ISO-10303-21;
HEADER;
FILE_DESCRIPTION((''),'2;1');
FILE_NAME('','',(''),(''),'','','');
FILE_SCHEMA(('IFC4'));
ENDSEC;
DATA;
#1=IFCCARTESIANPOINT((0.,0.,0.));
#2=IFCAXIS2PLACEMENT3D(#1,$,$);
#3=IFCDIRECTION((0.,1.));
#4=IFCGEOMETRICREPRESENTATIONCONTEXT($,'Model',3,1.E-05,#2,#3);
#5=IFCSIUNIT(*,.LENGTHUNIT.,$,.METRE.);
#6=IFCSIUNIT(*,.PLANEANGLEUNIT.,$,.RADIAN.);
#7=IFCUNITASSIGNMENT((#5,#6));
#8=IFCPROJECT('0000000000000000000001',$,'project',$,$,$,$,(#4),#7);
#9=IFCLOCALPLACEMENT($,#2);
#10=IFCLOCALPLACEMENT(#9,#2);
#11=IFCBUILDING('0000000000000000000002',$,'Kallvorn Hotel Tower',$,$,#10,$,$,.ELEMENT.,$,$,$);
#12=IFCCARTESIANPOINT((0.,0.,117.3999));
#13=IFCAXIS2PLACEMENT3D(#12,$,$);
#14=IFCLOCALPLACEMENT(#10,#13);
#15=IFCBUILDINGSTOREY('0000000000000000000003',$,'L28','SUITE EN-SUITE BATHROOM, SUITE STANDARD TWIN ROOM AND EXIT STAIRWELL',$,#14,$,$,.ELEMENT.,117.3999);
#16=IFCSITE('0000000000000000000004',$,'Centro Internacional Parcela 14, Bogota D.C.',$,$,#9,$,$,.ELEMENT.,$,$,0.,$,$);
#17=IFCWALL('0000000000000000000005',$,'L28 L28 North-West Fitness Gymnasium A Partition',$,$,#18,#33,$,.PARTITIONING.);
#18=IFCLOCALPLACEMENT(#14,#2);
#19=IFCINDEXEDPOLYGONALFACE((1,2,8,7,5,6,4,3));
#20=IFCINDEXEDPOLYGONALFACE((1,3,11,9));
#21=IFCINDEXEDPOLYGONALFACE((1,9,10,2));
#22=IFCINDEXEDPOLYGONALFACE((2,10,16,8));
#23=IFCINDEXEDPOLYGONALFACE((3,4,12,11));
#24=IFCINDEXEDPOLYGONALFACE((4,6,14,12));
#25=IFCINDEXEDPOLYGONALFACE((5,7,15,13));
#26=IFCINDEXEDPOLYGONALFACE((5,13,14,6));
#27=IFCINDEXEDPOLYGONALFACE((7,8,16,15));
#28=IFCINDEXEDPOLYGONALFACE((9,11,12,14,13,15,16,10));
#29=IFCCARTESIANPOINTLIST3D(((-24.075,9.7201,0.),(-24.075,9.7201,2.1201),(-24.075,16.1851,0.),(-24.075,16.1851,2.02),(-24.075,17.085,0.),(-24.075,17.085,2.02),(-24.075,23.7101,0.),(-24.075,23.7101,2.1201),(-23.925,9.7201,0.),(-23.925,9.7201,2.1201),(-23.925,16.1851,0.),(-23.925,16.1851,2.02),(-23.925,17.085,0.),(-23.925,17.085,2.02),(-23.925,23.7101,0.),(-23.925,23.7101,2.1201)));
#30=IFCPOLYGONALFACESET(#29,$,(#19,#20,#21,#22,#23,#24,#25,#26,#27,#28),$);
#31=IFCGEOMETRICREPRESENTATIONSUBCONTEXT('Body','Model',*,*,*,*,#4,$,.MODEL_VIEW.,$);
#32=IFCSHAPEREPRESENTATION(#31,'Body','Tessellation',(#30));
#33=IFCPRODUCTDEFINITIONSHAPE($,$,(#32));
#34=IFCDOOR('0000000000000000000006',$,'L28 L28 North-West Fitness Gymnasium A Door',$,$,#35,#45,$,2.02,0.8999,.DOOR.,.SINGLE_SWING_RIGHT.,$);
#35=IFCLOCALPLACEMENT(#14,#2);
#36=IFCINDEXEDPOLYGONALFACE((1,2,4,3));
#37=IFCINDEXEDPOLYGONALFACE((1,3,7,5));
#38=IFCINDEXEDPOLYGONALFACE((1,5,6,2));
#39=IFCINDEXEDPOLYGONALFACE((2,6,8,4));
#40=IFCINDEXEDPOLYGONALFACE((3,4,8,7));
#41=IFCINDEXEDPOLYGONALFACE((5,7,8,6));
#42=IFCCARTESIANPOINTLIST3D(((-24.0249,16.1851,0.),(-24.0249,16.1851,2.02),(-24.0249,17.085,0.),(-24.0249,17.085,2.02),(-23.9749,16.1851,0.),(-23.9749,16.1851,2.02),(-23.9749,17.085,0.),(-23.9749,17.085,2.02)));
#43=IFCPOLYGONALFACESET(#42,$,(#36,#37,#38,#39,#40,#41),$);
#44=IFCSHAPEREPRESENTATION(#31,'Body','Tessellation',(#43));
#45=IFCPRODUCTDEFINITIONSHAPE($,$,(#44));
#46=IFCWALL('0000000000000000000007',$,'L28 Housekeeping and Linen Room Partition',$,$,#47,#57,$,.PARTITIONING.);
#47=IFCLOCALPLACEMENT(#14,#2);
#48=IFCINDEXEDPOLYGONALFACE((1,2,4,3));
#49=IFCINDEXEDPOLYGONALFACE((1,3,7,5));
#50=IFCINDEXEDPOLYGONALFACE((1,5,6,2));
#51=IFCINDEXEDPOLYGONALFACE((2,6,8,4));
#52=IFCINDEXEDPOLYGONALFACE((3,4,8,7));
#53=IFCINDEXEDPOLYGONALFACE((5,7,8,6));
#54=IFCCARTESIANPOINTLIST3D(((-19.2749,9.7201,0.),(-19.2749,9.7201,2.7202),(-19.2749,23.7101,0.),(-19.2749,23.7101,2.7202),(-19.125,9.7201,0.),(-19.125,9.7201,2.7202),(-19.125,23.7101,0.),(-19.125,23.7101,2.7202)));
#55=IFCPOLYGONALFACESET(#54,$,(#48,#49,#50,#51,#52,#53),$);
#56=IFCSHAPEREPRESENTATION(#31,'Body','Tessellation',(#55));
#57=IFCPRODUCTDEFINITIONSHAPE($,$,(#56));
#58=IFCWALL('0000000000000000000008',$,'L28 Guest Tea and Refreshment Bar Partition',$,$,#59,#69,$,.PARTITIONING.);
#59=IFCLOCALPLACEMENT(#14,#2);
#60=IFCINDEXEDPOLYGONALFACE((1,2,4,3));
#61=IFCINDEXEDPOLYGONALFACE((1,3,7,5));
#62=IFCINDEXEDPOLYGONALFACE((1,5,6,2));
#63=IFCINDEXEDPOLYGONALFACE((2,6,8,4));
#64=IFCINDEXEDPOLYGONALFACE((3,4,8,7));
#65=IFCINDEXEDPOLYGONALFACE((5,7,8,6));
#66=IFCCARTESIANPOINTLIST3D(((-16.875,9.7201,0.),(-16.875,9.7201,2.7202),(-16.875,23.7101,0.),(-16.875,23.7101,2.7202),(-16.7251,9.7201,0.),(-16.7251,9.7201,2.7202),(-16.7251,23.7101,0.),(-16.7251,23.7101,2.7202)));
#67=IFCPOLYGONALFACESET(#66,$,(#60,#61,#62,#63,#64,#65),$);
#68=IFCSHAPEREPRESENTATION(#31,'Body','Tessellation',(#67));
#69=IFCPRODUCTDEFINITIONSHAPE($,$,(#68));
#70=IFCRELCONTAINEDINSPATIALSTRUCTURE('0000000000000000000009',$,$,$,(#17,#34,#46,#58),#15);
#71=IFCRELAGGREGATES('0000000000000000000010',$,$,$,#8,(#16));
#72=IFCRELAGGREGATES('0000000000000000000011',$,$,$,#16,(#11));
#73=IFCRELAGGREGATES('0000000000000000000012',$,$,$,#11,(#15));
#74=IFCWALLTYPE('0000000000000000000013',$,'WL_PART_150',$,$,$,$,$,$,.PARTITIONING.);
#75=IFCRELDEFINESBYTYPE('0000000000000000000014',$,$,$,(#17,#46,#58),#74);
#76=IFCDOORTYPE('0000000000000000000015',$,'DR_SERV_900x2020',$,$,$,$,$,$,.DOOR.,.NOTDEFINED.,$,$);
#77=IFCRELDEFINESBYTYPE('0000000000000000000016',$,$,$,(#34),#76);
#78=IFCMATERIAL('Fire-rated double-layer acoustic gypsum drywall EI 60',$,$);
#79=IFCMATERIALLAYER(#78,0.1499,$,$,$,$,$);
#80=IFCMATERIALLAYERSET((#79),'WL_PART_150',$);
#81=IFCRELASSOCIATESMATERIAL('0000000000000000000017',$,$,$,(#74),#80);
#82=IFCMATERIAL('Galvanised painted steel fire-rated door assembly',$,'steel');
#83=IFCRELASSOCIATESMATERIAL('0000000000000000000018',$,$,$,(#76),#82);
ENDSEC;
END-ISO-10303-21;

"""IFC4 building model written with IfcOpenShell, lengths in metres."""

from ifc_helpers import new_model, si_unit, direction, frame, frame_2d, origin, place, context, subcontext, project, spatial, rectangle, extrude, material, layer, layer_set, type_object, element, fill, save


model = new_model("IFC4")

# Units and contexts
model_context = context("Model", 3, precision=1e-05, world=origin(), true_north=direction((0.0, 1.0)))
body_context = subcontext(model_context, "Body", "Model", "MODEL_VIEW")
ifc_project = project(units=[si_unit("LENGTHUNIT", "METRE"), si_unit("PLANEANGLEUNIT", "RADIAN")], contexts=[model_context])

# Site, building, storey
site_placement = place(None, origin())
site = spatial("IfcSite", under=ifc_project, at=site_placement, Name="Centro Internacional Parcela 14, Bogota D.C.", CompositionType="ELEMENT", RefElevation=0.0)
building_placement = place(site_placement, origin())
building = spatial("IfcBuilding", under=site, at=building_placement, Name="Kallvorn Hotel Tower", CompositionType="ELEMENT")
storey_placement = place(building_placement, frame((0.0, 0.0, 117.3999)))
storey = spatial("IfcBuildingStorey", under=building, at=storey_placement, Name="L28", Description="SUITE EN-SUITE BATHROOM, SUITE STANDARD TWIN ROOM AND EXIT STAIRWELL", CompositionType="ELEMENT", Elevation=117.3999)

# Wall, opening, door
ifc_material_1 = material(Name="Fire-rated double-layer acoustic gypsum drywall EI 60")
ifc_layer_1 = layer(ifc_material_1, 0.1499)
ifc_layer_set_1 = layer_set([ifc_layer_1], Name="WL_PART_150")
wall_type_1 = type_object("IfcWallType", Name="WL_PART_150", PredefinedType="PARTITIONING", material=ifc_layer_set_1)
wall_1_placement = place(storey_placement, frame((-24.0, 9.72, 0.0), z_axis=(0.0, 0.0, 1.0), x_axis=(0.0, 1.0, 0.0)))
wall_1 = element("IfcWall", 1, at=wall_1_placement, inside=storey, type_object=wall_type_1, Name="L28 L28 North-West Fitness Gymnasium A Partition", PredefinedType="PARTITIONING", context=body_context, shape_type="SweptSolid", body=[
    extrude(rectangle(XDim=13.99, YDim=0.1499, at=frame_2d((6.9951, 0.0))), origin(), (0.0, 0.0, 1.0), 2.1201),
])
opening_placement = place(wall_1_placement, frame((6.4651, 0.0, 0.0)))
opening = element("IfcOpeningElement", 2, at=opening_placement, cuts=wall_1, PredefinedType="OPENING", context=body_context, shape_type="SweptSolid", body=[
    extrude(rectangle(XDim=0.8999, YDim=2.02, at=frame_2d((0.45, 1.01))), frame((0.0, 0.0898, 0.0), z_axis=(0.0, -1.0, 0.0), x_axis=(1.0, 0.0, 0.0)), (0.0, 0.0, 1.0), 0.1799),
])
ifc_material_2 = material(Name="Galvanised painted steel fire-rated door assembly", Category="steel")
door_type = type_object("IfcDoorType", Name="DR_SERV_900x2020", OperationType="NOTDEFINED", PredefinedType="DOOR", material=ifc_material_2)
door_placement = place(opening_placement, origin())
door = element("IfcDoor", 3, at=door_placement, inside=storey, type_object=door_type, Name="L28 L28 North-West Fitness Gymnasium A Door", OperationType="SINGLE_SWING_RIGHT", OverallHeight=2.02, OverallWidth=0.8999, PredefinedType="DOOR", context=body_context, shape_type="SweptSolid", body=[
    extrude(rectangle(XDim=0.8999, YDim=2.02, at=frame_2d((0.45, 1.01))), frame((0.0, 0.0249, 0.0), z_axis=(0.0, -1.0, 0.0), x_axis=(1.0, 0.0, 0.0)), (0.0, 0.0, 1.0), 0.05),
])
fill(opening, door)

# Walls
for number, where, z_axis, x_axis, name in (
    (4, (-19.2, 9.72, 0.0), (0.0, 0.0, 1.0), (0.0, 1.0, 0.0), "L28 Housekeeping and Linen Room Partition"),
    (5, (-16.8, 9.72, 0.0), (0.0, 0.0, 1.0), (0.0, 1.0, 0.0), "L28 Guest Tea and Refreshment Bar Partition"),
):
    element("IfcWall", number, at=place(storey_placement, frame(where, z_axis=z_axis, x_axis=x_axis)), inside=storey, type_object=wall_type_1, Name=name, PredefinedType="PARTITIONING", context=body_context, shape_type="SweptSolid", body=[
        extrude(rectangle(XDim=13.99, YDim=0.1499, at=frame_2d((6.9951, 0.0))), origin(), (0.0, 0.0, 1.0), 2.7202),
    ])

save(model, "model.ifc")
